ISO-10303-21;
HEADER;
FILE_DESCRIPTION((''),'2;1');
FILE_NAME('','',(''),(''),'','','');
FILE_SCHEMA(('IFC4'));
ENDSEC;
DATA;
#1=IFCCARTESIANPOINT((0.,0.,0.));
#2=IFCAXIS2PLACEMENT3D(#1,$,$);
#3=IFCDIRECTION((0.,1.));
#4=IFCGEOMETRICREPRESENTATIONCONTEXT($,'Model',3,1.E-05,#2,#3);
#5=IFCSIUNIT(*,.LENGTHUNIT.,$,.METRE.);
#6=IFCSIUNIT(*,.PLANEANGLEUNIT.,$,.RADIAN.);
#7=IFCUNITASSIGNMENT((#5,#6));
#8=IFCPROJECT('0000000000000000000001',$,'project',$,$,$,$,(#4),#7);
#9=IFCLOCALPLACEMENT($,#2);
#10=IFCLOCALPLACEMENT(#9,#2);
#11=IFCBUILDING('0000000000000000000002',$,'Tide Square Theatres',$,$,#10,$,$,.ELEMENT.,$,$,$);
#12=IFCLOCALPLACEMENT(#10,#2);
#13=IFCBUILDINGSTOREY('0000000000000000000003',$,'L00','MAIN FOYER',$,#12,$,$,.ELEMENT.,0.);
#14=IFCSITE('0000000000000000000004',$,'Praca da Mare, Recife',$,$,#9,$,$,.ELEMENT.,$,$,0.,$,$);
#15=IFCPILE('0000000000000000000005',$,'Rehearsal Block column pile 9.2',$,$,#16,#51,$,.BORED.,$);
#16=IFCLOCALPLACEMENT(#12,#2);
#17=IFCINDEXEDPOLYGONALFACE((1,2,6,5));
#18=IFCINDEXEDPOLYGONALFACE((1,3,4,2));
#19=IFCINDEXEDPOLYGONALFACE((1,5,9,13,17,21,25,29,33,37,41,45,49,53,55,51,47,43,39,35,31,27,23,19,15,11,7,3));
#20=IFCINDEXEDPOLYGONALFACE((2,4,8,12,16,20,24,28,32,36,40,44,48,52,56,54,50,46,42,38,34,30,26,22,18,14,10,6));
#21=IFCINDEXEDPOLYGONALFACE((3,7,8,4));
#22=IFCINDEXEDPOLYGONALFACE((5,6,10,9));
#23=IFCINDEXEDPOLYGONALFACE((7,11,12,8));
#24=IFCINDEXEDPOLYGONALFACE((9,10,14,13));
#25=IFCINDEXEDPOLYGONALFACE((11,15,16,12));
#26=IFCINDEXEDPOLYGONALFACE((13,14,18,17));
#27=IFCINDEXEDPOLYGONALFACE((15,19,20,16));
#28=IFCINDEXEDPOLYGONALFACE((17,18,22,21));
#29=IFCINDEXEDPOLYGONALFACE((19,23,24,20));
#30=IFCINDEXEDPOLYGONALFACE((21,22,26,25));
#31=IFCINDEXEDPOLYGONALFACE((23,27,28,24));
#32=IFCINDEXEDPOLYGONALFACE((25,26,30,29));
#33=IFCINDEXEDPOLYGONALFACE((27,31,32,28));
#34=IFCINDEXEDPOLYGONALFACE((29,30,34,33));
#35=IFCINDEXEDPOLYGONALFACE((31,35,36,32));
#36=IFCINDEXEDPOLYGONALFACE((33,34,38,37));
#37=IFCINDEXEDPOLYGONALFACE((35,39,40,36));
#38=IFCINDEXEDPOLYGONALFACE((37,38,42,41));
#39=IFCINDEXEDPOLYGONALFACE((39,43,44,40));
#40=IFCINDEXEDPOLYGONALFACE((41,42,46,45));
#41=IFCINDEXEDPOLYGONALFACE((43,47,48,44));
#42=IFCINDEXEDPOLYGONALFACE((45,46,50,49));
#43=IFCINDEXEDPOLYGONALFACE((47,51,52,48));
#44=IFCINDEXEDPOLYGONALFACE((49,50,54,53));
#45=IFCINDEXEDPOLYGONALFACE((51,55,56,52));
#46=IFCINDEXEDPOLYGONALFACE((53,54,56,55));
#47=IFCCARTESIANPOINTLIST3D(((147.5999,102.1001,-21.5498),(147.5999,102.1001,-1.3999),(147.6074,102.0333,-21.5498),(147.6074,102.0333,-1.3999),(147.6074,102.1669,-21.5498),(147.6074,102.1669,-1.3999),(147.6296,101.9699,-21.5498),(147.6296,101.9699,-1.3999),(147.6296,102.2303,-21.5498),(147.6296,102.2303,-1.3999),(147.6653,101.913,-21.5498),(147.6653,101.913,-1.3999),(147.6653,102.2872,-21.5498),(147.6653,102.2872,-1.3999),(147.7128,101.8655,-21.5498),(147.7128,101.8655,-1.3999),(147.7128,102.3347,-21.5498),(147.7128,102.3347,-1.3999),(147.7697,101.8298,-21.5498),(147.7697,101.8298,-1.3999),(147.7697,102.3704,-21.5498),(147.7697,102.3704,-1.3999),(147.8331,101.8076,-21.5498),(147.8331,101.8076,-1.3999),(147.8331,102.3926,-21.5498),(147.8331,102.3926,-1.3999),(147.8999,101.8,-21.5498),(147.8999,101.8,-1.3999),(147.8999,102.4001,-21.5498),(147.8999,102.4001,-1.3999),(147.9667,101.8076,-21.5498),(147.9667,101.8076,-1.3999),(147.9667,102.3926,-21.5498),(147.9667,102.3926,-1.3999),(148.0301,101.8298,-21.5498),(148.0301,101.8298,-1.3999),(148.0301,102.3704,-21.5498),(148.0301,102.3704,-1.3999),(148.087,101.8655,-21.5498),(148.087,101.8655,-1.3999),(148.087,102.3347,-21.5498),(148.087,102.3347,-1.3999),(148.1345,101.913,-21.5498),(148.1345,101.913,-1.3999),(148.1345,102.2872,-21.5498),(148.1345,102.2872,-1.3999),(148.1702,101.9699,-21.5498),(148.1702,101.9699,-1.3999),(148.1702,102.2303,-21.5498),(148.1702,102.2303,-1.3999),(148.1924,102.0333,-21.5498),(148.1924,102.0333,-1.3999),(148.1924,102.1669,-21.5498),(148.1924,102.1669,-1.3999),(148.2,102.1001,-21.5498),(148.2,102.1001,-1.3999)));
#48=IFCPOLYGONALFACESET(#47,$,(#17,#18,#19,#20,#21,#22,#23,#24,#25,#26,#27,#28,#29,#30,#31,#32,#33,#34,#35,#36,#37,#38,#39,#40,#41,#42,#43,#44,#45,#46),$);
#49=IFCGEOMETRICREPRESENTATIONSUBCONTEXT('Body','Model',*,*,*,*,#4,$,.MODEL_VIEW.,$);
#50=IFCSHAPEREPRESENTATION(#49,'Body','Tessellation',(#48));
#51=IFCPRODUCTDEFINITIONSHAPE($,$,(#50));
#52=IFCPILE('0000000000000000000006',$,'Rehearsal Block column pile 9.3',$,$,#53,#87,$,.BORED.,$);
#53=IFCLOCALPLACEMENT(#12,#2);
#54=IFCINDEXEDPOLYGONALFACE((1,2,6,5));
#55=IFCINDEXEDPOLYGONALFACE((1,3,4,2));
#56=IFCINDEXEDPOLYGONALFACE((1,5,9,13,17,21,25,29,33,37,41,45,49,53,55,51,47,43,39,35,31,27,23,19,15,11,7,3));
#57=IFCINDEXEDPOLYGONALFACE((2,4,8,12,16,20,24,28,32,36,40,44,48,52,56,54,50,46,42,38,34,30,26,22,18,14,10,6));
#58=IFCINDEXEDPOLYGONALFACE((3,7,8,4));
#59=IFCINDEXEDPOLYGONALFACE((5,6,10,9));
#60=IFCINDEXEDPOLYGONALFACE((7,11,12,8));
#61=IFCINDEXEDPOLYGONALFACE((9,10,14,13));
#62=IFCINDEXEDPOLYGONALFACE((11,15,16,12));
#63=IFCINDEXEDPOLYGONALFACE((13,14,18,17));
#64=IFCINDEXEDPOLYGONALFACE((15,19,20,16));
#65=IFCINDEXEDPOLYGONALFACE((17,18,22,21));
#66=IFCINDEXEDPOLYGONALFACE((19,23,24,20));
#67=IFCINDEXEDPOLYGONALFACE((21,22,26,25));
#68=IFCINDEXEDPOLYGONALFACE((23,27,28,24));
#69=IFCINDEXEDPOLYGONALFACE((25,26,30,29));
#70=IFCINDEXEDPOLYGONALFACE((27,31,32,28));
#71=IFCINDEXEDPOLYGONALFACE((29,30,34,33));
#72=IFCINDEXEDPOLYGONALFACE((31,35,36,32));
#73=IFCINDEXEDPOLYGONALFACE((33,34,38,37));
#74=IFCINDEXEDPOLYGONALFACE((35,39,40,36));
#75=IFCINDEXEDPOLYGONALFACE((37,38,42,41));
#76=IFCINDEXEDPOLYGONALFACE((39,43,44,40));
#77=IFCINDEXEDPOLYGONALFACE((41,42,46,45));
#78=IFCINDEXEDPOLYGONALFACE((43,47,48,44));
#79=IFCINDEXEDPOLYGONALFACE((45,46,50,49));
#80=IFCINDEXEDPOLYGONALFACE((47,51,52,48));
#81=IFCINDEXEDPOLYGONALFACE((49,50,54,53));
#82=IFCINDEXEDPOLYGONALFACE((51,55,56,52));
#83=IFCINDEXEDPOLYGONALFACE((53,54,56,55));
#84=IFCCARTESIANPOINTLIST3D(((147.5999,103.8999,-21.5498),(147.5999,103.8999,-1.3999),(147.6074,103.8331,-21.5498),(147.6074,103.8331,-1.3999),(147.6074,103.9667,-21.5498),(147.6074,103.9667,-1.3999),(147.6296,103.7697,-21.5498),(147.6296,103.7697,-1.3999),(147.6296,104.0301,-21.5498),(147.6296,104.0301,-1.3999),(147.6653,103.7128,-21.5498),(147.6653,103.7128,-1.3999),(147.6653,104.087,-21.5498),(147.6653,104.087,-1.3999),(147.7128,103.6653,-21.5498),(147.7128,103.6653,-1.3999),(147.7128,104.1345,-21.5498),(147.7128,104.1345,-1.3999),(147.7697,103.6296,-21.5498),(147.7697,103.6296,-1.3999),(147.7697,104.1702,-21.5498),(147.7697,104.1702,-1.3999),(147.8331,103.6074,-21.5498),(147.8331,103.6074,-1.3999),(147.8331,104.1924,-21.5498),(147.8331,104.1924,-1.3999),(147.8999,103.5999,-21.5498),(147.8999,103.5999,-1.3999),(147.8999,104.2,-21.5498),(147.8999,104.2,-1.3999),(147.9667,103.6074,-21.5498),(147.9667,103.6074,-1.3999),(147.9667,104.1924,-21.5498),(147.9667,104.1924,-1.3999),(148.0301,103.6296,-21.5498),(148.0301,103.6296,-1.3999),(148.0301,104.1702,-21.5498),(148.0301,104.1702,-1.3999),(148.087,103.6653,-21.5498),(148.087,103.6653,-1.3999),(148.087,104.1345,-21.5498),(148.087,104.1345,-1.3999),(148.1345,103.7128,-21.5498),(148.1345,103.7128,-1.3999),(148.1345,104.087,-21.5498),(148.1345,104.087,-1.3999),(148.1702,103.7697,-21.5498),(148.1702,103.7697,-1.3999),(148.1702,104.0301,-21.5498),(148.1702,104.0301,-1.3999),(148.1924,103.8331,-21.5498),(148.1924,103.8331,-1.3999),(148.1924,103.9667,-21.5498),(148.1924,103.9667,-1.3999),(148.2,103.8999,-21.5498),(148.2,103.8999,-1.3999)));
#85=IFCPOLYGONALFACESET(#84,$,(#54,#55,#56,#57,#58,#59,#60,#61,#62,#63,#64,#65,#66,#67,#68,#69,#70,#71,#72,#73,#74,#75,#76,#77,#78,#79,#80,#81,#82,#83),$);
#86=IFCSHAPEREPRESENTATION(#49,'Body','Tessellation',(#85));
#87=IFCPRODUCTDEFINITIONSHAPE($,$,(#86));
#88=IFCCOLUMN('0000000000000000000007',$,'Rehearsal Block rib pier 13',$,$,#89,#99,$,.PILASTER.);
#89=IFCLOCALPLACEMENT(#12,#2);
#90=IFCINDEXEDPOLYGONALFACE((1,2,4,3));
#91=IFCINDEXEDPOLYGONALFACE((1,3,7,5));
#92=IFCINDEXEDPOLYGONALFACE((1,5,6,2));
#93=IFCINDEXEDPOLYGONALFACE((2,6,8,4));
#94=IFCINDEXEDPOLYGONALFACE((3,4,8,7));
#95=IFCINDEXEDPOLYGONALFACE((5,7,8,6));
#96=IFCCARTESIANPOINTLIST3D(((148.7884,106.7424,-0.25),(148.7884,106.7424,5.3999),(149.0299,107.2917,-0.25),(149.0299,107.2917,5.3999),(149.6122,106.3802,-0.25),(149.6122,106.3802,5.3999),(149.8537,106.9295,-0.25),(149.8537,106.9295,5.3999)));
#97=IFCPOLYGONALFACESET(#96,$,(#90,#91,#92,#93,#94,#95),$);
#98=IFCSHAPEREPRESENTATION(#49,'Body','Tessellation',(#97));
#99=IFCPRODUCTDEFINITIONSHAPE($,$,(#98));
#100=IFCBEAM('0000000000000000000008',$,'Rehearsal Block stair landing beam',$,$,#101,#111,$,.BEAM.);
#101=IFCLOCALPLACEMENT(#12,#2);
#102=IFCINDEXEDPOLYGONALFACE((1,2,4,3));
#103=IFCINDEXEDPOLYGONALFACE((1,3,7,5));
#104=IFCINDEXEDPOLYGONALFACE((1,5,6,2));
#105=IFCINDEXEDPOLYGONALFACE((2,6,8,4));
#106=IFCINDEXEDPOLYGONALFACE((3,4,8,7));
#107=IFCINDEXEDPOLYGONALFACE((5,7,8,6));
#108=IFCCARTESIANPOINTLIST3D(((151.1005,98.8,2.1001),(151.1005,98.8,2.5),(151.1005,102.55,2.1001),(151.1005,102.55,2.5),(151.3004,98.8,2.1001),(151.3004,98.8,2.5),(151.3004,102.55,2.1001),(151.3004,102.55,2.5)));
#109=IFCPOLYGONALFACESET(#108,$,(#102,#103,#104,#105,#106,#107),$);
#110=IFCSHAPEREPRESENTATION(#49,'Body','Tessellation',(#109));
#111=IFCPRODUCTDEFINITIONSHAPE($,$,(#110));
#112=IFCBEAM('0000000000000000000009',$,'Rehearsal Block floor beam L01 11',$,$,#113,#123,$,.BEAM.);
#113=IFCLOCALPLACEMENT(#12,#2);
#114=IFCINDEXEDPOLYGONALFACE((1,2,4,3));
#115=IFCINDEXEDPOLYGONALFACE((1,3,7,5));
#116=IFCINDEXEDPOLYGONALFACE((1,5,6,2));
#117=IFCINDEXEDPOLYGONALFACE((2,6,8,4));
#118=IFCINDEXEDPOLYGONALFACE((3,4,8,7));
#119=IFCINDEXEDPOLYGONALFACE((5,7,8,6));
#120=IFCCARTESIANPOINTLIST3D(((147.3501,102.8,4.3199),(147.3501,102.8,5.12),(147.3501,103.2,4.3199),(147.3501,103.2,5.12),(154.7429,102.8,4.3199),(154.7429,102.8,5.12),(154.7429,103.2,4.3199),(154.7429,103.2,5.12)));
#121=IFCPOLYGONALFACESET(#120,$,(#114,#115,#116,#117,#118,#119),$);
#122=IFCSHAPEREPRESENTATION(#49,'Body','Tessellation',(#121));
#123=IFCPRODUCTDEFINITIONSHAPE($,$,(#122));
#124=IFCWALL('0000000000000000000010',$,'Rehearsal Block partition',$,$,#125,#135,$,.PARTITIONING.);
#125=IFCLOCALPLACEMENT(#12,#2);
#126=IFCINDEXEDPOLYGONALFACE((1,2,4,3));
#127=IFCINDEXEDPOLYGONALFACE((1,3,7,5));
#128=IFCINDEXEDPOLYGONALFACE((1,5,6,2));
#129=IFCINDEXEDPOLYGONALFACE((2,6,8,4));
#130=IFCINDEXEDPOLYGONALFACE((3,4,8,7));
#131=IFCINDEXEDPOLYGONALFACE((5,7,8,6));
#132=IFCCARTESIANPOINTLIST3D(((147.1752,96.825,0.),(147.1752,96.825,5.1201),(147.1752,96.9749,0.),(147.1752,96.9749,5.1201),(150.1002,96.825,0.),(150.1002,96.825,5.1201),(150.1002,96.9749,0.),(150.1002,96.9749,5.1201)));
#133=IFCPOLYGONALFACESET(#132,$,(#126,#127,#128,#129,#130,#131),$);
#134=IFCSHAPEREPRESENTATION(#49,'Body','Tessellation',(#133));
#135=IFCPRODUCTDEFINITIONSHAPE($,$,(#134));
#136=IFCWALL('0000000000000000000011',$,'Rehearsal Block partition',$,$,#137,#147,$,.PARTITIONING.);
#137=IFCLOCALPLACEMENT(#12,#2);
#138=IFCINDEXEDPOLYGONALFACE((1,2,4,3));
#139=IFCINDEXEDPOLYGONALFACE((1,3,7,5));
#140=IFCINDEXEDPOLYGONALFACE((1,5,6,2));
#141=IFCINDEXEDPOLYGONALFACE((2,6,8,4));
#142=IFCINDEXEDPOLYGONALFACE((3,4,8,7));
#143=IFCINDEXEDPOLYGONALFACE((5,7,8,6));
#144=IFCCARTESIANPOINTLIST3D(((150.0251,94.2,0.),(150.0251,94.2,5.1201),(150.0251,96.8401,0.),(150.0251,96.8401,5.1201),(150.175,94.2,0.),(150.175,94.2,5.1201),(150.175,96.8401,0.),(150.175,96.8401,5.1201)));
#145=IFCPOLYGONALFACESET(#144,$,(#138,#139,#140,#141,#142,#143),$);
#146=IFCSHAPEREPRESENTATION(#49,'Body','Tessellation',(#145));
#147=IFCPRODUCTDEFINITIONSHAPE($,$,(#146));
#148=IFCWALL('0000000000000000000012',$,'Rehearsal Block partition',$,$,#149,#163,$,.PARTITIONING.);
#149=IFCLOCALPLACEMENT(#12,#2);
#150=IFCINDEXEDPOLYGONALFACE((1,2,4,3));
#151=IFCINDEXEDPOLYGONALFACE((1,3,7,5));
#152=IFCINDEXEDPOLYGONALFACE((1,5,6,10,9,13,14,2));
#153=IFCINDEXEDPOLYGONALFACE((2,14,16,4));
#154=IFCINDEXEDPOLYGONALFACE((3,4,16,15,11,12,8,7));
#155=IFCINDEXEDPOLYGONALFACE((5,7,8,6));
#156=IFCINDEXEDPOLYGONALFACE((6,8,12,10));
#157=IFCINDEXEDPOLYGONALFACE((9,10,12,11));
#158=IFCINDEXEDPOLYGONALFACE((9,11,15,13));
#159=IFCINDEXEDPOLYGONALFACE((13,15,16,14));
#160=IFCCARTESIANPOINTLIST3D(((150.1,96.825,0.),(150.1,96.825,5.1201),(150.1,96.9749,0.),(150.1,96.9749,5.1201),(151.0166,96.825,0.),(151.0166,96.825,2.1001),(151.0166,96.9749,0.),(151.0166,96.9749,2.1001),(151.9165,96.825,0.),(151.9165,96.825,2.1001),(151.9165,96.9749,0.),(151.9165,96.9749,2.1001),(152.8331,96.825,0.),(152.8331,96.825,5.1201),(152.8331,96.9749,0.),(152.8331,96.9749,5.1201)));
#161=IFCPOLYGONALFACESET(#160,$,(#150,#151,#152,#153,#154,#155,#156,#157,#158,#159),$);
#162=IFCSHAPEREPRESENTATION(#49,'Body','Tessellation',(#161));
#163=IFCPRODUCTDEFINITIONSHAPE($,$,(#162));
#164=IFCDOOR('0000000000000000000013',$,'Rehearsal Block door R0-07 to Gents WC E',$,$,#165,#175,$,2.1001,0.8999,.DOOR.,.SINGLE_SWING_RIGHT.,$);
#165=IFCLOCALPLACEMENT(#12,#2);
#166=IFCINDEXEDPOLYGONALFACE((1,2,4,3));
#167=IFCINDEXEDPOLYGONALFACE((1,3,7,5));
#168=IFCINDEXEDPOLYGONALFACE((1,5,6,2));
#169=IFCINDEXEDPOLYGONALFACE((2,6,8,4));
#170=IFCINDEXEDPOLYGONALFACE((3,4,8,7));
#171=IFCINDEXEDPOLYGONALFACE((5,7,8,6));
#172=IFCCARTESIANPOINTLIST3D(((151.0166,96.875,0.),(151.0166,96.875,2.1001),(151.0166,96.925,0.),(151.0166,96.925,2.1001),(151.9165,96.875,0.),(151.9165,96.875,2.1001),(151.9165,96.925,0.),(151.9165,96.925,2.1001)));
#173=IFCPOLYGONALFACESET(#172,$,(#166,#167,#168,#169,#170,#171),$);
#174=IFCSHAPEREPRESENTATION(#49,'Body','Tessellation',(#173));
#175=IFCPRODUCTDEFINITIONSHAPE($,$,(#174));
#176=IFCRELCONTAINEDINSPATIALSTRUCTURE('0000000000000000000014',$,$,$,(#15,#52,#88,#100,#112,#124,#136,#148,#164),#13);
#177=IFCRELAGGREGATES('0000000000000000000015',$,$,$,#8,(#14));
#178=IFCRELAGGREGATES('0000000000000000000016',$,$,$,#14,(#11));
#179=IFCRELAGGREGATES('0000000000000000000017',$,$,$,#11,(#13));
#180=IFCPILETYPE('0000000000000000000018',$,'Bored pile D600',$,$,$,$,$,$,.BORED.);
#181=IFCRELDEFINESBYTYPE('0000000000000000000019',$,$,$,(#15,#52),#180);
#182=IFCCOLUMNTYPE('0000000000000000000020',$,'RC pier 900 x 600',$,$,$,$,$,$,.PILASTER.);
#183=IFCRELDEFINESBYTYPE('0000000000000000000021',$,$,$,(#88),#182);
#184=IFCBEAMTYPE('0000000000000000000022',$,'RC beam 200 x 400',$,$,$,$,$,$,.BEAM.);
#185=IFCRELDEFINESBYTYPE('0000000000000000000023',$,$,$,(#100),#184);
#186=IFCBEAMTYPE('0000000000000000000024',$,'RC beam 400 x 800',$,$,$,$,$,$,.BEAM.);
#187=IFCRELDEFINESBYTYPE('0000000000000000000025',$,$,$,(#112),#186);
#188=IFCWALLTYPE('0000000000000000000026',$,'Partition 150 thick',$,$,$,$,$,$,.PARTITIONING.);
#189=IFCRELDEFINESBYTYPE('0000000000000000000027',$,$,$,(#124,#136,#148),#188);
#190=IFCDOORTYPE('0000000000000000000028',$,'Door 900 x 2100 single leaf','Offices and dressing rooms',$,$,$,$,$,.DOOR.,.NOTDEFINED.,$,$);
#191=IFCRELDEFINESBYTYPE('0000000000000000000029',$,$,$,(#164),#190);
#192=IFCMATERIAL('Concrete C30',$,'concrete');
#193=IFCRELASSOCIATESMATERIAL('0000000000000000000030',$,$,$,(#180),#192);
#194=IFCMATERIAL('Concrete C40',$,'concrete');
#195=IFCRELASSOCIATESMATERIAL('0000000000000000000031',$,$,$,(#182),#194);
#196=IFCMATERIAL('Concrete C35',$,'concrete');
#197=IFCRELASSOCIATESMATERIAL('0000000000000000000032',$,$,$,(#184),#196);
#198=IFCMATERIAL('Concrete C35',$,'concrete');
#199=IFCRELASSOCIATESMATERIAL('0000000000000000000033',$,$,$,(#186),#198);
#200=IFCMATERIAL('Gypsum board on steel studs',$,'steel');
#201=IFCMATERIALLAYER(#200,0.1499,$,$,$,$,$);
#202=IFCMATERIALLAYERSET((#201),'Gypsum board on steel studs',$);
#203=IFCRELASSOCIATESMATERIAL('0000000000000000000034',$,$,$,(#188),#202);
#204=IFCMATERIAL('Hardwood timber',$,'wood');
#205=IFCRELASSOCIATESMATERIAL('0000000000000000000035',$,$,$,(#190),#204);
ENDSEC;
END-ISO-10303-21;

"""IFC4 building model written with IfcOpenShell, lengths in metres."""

from ifc_helpers import new_model, si_unit, direction, frame, frame_2d, origin, origin_2d, place, context, subcontext, project, spatial, rectangle, circle, extrude, material, layer, layer_set, material_profile, profile_set, type_object, element, fill, save


model = new_model("IFC4")

# Units and contexts
model_context = context("Model", 3, precision=1e-05, world=origin(), true_north=direction((0.0, 1.0)))
body_context = subcontext(model_context, "Body", "Model", "MODEL_VIEW")
ifc_project = project(units=[si_unit("LENGTHUNIT", "METRE"), si_unit("PLANEANGLEUNIT", "RADIAN")], contexts=[model_context])

# Site, building, storey
site_placement = place(None, origin())
site = spatial("IfcSite", under=ifc_project, at=site_placement, Name="Praca da Mare, Recife", CompositionType="ELEMENT", RefElevation=0.0)
building_placement = place(site_placement, origin())
building = spatial("IfcBuilding", under=site, at=building_placement, Name="Tide Square Theatres", CompositionType="ELEMENT")
storey_placement = place(building_placement, origin())
storey = spatial("IfcBuildingStorey", under=building, at=storey_placement, Name="L00", Description="MAIN FOYER", CompositionType="ELEMENT", Elevation=0.0)

# Piles
ifc_material_1 = material(Name="Concrete C30", Category="concrete")
ifc_material_profile_1 = material_profile(ifc_material_1, circle(Radius=0.3, at=origin_2d()))
ifc_profile_set_1 = profile_set([ifc_material_profile_1], Name="Concrete C30")
pile_type = type_object("IfcPileType", Name="Bored pile D600", PredefinedType="BORED", material=ifc_profile_set_1)
for number, where, z_axis, x_axis, name in (
    (1, (147.8999, 102.1001, -1.3999), (0.0, 0.0, -1.0), (1.0, 0.0, 0.0), "Rehearsal Block column pile 9.2"),
    (2, (147.8999, 103.8999, -1.3999), (0.0, 0.0, -1.0), (1.0, 0.0, 0.0), "Rehearsal Block column pile 9.3"),
):
    element("IfcPile", number, at=place(storey_placement, frame(where, z_axis=z_axis, x_axis=x_axis)), inside=storey, type_object=pile_type, Name=name, PredefinedType="BORED", context=body_context, shape_type="SweptSolid", body=[
        extrude(circle(Radius=0.3, at=origin_2d()), origin(), (0.0, 0.0, 1.0), 20.1499),
    ])

# Column
ifc_material_2 = material(Name="Concrete C40", Category="concrete")
ifc_material_profile_2 = material_profile(ifc_material_2, rectangle(XDim=0.8999, YDim=0.6001, at=origin_2d()))
ifc_profile_set_2 = profile_set([ifc_material_profile_2], Name="Concrete C40")
column_type = type_object("IfcColumnType", Name="RC pier 900 x 600", PredefinedType="PILASTER", material=ifc_profile_set_2)
column_placement = place(storey_placement, frame((149.321, 106.8359, -0.25), z_axis=(0.0, 0.0, 1.0), x_axis=(-0.915419, 0.402502, 0.0)))
element("IfcColumn", 3, at=column_placement, inside=storey, type_object=column_type, Name="Rehearsal Block rib pier 13", PredefinedType="PILASTER", context=body_context, shape_type="SweptSolid", body=[
    extrude(rectangle(XDim=0.8999, YDim=0.6001, at=origin_2d()), origin(), (0.0, 0.0, 1.0), 5.6499),
])

# Beams
ifc_material_3 = material(Name="Concrete C35", Category="concrete")
ifc_material_profile_3 = material_profile(ifc_material_3, rectangle(XDim=0.2, YDim=0.3999, at=origin_2d()))
ifc_profile_set_3 = profile_set([ifc_material_profile_3], Name="Concrete C35")
beam_type_1 = type_object("IfcBeamType", Name="RC beam 200 x 400", PredefinedType="BEAM", material=ifc_profile_set_3)
beam_1_placement = place(storey_placement, frame((151.2004, 98.8, 2.3), z_axis=(0.0, 1.0, 0.0), x_axis=(-1.0, 0.0, 0.0)))
element("IfcBeam", 4, at=beam_1_placement, inside=storey, type_object=beam_type_1, Name="Rehearsal Block stair landing beam", PredefinedType="BEAM", context=body_context, shape_type="SweptSolid", body=[
    extrude(rectangle(XDim=0.2, YDim=0.3999, at=origin_2d()), origin(), (0.0, 0.0, 1.0), 3.75),
])
ifc_material_4 = material(Name="Concrete C35", Category="concrete")
ifc_material_profile_4 = material_profile(ifc_material_4, rectangle(XDim=0.3999, YDim=0.8, at=origin_2d()))
ifc_profile_set_4 = profile_set([ifc_material_profile_4], Name="Concrete C35")
beam_type_2 = type_object("IfcBeamType", Name="RC beam 400 x 800", PredefinedType="BEAM", material=ifc_profile_set_4)
beam_2_placement = place(storey_placement, frame((147.3501, 103.0, 4.72), z_axis=(1.0, 0.0, 0.0), x_axis=(0.0, 1.0, 0.0)))
element("IfcBeam", 5, at=beam_2_placement, inside=storey, type_object=beam_type_2, Name="Rehearsal Block floor beam L01 11", PredefinedType="BEAM", context=body_context, shape_type="SweptSolid", body=[
    extrude(rectangle(XDim=0.3999, YDim=0.8, at=origin_2d()), origin(), (0.0, 0.0, 1.0), 7.3928),
])

# Walls
ifc_material_5 = material(Name="Gypsum board on steel studs", Category="steel")
ifc_layer_1 = layer(ifc_material_5, 0.1499)
ifc_layer_set_1 = layer_set([ifc_layer_1], Name="Gypsum board on steel studs")
wall_type_1 = type_object("IfcWallType", Name="Partition 150 thick", PredefinedType="PARTITIONING", material=ifc_layer_set_1)
wall_1_placement = place(storey_placement, frame((150.1001, 96.8999, 0.0), z_axis=(0.0, 0.0, 1.0), x_axis=(-1.0, 0.0, 0.0)))
element("IfcWall", 6, at=wall_1_placement, inside=storey, type_object=wall_type_1, Name="Rehearsal Block partition", PredefinedType="PARTITIONING", context=body_context, shape_type="SweptSolid", body=[
    extrude(rectangle(XDim=2.925, YDim=0.1499, at=frame_2d((1.4624, 0.0))), origin(), (0.0, 0.0, 1.0), 5.1201),
])
wall_2_placement = place(storey_placement, frame((150.1001, 94.2, 0.0), z_axis=(0.0, 0.0, 1.0), x_axis=(0.0, 1.0, 0.0)))
element("IfcWall", 7, at=wall_2_placement, inside=storey, type_object=wall_type_1, Name="Rehearsal Block partition", PredefinedType="PARTITIONING", context=body_context, shape_type="SweptSolid", body=[
    extrude(rectangle(XDim=2.6401, YDim=0.1499, at=frame_2d((1.3201, 0.0))), origin(), (0.0, 0.0, 1.0), 5.1201),
])

# Wall, opening, door
wall_3_placement = place(storey_placement, frame((152.8333, 96.8999, 0.0), z_axis=(0.0, 0.0, 1.0), x_axis=(-1.0, 0.0, 0.0)))
wall_3 = element("IfcWall", 8, at=wall_3_placement, inside=storey, type_object=wall_type_1, Name="Rehearsal Block partition", PredefinedType="PARTITIONING", context=body_context, shape_type="SweptSolid", body=[
    extrude(rectangle(XDim=2.7332, YDim=0.1499, at=frame_2d((1.3667, 0.0))), origin(), (0.0, 0.0, 1.0), 5.1201),
])
opening_1_placement = place(wall_3_placement, frame((0.9167, 0.0, 0.0)))
opening_1 = element("IfcOpeningElement", 9, at=opening_1_placement, cuts=wall_3, PredefinedType="OPENING", context=body_context, shape_type="SweptSolid", body=[
    extrude(rectangle(XDim=0.8999, YDim=2.1001, at=frame_2d((0.45, 1.05))), frame((0.0, 0.085, 0.0), z_axis=(0.0, -1.0, 0.0), x_axis=(1.0, 0.0, 0.0)), (0.0, 0.0, 1.0), 0.1699),
])
ifc_material_6 = material(Name="Hardwood timber", Category="wood")
door_type_1 = type_object("IfcDoorType", Name="Door 900 x 2100 single leaf", Description="Offices and dressing rooms", OperationType="NOTDEFINED", PredefinedType="DOOR", material=ifc_material_6)
door_1_placement = place(opening_1_placement, origin())
door_1 = element("IfcDoor", 10, at=door_1_placement, inside=storey, type_object=door_type_1, Name="Rehearsal Block door R0-07 to Gents WC E", OperationType="SINGLE_SWING_RIGHT", OverallHeight=2.1001, OverallWidth=0.8999, PredefinedType="DOOR", context=body_context, shape_type="SweptSolid", body=[
    extrude(rectangle(XDim=0.8999, YDim=2.1001, at=frame_2d((0.45, 1.05))), frame((0.0, 0.0249, 0.0), z_axis=(0.0, -1.0, 0.0), x_axis=(1.0, 0.0, 0.0)), (0.0, 0.0, 1.0), 0.05),
])
fill(opening_1, door_1)

save(model, "model.ifc")
